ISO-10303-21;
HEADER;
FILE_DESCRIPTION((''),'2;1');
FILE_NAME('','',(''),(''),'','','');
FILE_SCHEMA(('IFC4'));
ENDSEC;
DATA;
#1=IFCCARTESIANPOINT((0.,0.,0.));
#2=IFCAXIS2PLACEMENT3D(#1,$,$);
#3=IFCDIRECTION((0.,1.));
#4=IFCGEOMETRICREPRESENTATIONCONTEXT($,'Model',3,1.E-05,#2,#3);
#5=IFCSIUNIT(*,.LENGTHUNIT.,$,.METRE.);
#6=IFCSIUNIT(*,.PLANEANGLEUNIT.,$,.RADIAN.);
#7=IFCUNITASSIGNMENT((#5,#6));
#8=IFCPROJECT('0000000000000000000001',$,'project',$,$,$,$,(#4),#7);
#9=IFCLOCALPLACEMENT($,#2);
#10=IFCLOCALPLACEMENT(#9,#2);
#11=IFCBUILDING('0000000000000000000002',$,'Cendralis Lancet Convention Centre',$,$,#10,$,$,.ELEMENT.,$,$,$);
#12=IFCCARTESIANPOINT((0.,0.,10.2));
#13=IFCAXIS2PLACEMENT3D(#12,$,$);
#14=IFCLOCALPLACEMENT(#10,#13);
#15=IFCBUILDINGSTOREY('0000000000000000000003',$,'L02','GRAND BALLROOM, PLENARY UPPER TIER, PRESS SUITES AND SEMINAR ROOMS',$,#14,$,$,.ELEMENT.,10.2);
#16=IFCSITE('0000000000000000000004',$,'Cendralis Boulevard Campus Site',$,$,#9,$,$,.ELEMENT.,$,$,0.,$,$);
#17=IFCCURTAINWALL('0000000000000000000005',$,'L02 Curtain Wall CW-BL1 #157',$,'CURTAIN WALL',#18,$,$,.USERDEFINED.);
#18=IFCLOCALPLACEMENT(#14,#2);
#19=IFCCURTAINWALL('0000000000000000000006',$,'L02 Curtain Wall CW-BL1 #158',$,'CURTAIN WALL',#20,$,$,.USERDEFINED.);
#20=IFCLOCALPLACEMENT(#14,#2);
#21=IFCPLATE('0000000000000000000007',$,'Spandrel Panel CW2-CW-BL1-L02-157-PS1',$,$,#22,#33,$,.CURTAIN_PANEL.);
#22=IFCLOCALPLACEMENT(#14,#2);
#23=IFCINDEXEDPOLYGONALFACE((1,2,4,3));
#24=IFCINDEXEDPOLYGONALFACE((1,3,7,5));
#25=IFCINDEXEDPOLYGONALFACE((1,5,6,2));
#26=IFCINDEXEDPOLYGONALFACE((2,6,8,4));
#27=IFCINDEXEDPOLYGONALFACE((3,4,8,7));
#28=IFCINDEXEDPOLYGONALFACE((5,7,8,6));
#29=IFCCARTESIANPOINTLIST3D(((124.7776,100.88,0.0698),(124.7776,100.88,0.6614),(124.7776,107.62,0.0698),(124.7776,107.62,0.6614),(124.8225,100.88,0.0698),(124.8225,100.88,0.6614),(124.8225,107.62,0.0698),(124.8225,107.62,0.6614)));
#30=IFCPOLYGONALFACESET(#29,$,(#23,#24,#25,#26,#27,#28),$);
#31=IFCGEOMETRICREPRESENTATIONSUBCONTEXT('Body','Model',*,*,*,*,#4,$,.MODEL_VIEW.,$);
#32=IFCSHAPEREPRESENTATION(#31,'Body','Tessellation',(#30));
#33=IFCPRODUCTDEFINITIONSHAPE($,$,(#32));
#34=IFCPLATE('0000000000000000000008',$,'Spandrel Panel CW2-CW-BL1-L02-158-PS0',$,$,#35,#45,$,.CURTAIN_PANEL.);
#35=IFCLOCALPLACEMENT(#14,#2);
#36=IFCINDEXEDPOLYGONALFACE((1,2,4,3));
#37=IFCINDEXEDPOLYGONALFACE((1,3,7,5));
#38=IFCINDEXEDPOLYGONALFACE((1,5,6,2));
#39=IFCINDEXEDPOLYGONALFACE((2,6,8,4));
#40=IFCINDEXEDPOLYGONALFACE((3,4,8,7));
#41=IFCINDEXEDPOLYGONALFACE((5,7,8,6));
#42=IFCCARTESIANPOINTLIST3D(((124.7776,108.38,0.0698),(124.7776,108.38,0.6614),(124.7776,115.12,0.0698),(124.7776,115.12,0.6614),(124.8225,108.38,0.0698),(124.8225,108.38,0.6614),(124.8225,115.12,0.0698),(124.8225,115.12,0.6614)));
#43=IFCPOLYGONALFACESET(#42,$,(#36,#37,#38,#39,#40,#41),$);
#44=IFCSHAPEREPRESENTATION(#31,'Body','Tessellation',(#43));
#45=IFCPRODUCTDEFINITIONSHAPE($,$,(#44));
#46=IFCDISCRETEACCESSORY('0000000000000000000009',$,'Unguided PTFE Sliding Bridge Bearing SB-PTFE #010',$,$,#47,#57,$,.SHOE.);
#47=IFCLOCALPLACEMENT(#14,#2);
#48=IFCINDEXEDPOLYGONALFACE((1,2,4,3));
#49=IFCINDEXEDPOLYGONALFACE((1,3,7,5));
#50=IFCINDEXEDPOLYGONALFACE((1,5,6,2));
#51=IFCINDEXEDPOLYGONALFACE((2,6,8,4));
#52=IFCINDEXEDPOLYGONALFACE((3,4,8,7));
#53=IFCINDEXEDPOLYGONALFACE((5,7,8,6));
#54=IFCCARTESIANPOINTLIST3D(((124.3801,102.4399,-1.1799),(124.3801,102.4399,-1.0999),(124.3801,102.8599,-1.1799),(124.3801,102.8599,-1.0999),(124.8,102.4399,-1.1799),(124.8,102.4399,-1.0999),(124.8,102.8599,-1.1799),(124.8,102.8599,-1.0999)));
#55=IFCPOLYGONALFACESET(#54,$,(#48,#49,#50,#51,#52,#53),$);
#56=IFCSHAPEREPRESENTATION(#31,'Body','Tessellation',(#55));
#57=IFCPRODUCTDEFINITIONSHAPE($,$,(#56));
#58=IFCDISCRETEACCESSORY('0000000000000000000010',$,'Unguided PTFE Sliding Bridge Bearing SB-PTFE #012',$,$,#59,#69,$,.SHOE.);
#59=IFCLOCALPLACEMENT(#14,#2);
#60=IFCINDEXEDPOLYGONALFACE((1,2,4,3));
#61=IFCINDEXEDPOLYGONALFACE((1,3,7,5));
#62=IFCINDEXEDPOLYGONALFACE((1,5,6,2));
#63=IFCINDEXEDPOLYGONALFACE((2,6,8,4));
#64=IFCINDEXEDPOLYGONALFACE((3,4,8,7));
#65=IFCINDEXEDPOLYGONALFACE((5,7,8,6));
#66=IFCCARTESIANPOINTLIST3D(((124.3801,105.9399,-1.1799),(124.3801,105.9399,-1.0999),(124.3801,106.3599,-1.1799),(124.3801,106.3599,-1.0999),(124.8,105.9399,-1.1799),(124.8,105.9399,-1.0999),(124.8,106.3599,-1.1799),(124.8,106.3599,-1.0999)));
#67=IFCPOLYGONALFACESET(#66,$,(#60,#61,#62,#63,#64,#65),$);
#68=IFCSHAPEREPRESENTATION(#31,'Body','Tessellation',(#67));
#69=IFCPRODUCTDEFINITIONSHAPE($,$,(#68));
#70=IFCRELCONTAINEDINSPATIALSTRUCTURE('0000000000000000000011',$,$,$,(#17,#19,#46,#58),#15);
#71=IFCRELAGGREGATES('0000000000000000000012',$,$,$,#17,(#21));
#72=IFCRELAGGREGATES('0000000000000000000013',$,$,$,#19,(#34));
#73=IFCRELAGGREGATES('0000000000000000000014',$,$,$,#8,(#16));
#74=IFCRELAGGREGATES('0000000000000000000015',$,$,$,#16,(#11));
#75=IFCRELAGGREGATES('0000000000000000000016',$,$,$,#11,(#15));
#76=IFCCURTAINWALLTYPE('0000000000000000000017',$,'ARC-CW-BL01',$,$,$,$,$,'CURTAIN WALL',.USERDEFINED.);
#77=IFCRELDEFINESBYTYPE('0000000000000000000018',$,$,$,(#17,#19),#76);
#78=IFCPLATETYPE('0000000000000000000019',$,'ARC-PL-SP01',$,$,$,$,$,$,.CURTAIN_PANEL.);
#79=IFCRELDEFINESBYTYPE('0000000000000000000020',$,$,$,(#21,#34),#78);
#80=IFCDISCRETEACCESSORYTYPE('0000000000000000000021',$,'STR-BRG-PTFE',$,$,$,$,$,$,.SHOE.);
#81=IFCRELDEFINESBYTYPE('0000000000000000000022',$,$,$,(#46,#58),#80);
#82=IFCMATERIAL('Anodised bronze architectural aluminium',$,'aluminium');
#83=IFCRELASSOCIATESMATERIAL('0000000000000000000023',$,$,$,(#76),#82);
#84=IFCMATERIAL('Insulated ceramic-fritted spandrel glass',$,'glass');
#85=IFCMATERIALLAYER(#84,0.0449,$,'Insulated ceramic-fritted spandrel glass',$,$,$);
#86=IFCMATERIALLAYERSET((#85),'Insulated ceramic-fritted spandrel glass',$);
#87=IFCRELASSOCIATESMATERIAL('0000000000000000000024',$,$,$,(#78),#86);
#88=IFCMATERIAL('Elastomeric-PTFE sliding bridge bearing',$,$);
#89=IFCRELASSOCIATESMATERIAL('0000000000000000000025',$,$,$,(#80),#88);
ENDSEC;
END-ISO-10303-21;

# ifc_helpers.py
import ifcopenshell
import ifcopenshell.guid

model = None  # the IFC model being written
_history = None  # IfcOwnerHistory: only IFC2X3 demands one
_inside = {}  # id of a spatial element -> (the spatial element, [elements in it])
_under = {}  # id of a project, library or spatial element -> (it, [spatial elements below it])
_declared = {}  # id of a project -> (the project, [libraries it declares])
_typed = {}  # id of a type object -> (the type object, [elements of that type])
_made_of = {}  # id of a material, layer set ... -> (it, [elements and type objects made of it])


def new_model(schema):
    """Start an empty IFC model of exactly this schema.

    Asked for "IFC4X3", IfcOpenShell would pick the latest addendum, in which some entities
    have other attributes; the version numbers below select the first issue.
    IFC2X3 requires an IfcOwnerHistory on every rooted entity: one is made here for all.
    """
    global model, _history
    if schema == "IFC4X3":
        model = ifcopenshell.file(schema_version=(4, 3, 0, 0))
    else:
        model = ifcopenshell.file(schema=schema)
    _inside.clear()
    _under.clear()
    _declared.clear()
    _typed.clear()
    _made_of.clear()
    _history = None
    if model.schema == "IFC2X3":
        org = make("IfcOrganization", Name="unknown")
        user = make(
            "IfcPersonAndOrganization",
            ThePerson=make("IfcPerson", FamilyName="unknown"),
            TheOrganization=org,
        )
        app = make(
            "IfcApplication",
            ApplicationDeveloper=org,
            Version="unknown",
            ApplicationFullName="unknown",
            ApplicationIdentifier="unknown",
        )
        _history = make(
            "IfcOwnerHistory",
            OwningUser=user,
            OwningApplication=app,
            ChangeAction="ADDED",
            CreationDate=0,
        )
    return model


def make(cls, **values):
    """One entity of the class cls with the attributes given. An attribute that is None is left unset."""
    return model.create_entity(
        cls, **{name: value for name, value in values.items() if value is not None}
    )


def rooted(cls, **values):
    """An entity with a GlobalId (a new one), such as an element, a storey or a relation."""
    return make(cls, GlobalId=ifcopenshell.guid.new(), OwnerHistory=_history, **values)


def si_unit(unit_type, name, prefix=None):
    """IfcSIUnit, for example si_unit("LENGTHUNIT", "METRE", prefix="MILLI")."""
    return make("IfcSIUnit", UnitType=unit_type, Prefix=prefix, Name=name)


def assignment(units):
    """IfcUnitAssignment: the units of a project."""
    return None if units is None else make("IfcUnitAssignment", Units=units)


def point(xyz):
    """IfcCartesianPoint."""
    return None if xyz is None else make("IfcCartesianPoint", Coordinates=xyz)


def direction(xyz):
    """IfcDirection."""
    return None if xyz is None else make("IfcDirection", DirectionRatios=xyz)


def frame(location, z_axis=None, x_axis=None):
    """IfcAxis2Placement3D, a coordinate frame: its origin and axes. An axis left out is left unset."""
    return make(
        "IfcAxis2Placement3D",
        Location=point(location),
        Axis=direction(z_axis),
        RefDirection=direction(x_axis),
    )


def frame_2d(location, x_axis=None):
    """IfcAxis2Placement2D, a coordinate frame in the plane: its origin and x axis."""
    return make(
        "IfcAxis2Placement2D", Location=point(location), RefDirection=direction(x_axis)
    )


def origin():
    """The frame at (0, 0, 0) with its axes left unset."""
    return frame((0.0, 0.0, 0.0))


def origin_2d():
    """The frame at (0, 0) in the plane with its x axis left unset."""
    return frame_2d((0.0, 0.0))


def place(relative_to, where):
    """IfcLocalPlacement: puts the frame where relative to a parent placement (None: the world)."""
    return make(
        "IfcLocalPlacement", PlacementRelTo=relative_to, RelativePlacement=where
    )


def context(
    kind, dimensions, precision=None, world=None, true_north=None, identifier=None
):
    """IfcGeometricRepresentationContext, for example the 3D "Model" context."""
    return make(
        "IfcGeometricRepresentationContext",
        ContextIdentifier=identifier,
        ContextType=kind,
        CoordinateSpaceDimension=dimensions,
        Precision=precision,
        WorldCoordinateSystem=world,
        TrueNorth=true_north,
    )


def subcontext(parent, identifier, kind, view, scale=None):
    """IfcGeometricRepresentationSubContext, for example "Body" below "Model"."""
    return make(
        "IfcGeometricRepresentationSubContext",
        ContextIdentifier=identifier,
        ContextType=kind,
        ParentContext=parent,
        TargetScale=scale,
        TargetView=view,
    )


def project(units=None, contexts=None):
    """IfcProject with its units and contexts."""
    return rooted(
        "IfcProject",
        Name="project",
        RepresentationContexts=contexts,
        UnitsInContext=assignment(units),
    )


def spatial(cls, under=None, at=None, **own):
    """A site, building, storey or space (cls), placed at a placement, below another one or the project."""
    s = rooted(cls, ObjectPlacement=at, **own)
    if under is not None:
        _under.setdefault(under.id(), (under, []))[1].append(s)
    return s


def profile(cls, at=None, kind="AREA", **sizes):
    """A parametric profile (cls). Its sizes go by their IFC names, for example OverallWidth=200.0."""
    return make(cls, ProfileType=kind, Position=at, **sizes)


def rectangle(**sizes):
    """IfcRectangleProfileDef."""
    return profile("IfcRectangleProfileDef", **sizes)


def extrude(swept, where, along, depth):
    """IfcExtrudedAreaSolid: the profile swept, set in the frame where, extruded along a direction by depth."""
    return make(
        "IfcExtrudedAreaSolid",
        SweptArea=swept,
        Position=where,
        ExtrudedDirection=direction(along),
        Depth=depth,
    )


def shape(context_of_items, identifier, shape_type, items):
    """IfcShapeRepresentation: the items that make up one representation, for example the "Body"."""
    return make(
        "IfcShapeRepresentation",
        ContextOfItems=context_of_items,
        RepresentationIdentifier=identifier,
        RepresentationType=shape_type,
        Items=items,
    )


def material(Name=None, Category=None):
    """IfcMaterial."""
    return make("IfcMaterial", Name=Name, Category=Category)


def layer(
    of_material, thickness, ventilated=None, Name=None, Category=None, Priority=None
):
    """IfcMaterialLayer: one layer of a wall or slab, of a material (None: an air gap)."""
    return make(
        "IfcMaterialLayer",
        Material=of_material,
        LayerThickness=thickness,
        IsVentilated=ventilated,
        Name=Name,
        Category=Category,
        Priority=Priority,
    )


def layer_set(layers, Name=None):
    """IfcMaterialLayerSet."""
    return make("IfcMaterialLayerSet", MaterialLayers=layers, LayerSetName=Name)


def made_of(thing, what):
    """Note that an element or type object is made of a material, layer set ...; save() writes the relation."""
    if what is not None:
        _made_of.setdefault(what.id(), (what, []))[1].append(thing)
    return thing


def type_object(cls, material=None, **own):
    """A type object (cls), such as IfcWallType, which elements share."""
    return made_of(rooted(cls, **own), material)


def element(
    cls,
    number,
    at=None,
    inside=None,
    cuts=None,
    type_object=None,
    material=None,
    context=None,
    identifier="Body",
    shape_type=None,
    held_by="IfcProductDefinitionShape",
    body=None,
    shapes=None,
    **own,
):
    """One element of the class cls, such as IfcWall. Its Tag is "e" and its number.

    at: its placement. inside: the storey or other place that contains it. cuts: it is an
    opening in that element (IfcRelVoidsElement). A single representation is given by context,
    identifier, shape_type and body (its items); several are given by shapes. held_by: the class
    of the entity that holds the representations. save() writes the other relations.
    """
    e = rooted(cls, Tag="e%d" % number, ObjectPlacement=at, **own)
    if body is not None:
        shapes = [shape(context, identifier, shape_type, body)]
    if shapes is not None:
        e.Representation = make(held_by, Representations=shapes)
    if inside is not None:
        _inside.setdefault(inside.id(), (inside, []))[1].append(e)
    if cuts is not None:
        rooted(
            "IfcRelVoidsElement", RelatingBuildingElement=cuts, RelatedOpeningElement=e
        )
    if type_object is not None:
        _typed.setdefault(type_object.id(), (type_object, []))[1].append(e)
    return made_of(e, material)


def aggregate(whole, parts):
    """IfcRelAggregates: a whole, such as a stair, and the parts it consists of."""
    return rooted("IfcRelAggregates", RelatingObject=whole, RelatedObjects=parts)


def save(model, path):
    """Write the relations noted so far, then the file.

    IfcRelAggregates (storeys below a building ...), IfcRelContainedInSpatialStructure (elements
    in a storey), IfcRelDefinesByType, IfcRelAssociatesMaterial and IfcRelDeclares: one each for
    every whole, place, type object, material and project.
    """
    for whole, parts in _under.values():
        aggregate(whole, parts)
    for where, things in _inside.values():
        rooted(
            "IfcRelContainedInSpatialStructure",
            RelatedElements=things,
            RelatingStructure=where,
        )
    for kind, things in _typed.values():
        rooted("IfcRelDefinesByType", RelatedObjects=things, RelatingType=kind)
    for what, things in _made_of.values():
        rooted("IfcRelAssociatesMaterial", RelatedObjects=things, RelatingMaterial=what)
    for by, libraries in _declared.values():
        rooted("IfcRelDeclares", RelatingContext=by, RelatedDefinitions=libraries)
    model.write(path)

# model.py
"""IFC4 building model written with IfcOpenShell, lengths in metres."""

from ifc_helpers import new_model, si_unit, direction, frame, origin, origin_2d, place, context, subcontext, project, spatial, rectangle, extrude, material, layer, layer_set, type_object, element, aggregate, save


model = new_model("IFC4")

# Units and contexts
model_context = context("Model", 3, precision=1e-05, world=origin(), true_north=direction((0.0, 1.0)))
body_context = subcontext(model_context, "Body", "Model", "MODEL_VIEW")
ifc_project = project(units=[si_unit("LENGTHUNIT", "METRE"), si_unit("PLANEANGLEUNIT", "RADIAN")], contexts=[model_context])

# Site, building, storey
site_placement = place(None, origin())
site = spatial("IfcSite", under=ifc_project, at=site_placement, Name="Cendralis Boulevard Campus Site", CompositionType="ELEMENT", RefElevation=0.0)
building_placement = place(site_placement, origin())
building = spatial("IfcBuilding", under=site, at=building_placement, Name="Cendralis Lancet Convention Centre", CompositionType="ELEMENT")
storey_placement = place(building_placement, frame((0.0, 0.0, 10.2)))
storey = spatial("IfcBuildingStorey", under=building, at=storey_placement, Name="L02", Description="GRAND BALLROOM, PLENARY UPPER TIER, PRESS SUITES AND SEMINAR ROOMS", CompositionType="ELEMENT", Elevation=10.2)

# Curtain wall
ifc_material_1 = material(Name="Anodised bronze architectural aluminium", Category="aluminium")
curtain_wall_type = type_object("IfcCurtainWallType", Name="ARC-CW-BL01", ElementType="CURTAIN WALL", PredefinedType="USERDEFINED", material=ifc_material_1)
curtain_wall_1_placement = place(storey_placement, origin())
curtain_wall_1 = element("IfcCurtainWall", 1, at=curtain_wall_1_placement, inside=storey, type_object=curtain_wall_type, Name="L02 Curtain Wall CW-BL1 #157", ObjectType="CURTAIN WALL", PredefinedType="USERDEFINED")

# Curtain wall
curtain_wall_2_placement = place(storey_placement, origin())
curtain_wall_2 = element("IfcCurtainWall", 2, at=curtain_wall_2_placement, inside=storey, type_object=curtain_wall_type, Name="L02 Curtain Wall CW-BL1 #158", ObjectType="CURTAIN WALL", PredefinedType="USERDEFINED")

# Plates
ifc_material_2 = material(Name="Insulated ceramic-fritted spandrel glass", Category="glass")
ifc_layer_1 = layer(ifc_material_2, 0.0449, Name="Insulated ceramic-fritted spandrel glass")
ifc_layer_set_1 = layer_set([ifc_layer_1], Name="Insulated ceramic-fritted spandrel glass")
plate_type_1 = type_object("IfcPlateType", Name="ARC-PL-SP01", PredefinedType="CURTAIN_PANEL", material=ifc_layer_set_1)
plate_1_placement = place(storey_placement, frame((124.8, 104.25, 0.0698), z_axis=(0.0, 0.0, 1.0), x_axis=(0.0, 1.0, 0.0)))
plate_1 = element("IfcPlate", 3, at=plate_1_placement, type_object=plate_type_1, Name="Spandrel Panel CW2-CW-BL1-L02-157-PS1", PredefinedType="CURTAIN_PANEL", context=body_context, shape_type="SweptSolid", body=[
    extrude(rectangle(XDim=6.74, YDim=0.0449, at=origin_2d()), origin(), (0.0, 0.0, 1.0), 0.5916),
])
aggregate(curtain_wall_1, [plate_1])
plate_2_placement = place(storey_placement, frame((124.8, 111.75, 0.0698), z_axis=(0.0, 0.0, 1.0), x_axis=(0.0, 1.0, 0.0)))
plate_2 = element("IfcPlate", 4, at=plate_2_placement, type_object=plate_type_1, Name="Spandrel Panel CW2-CW-BL1-L02-158-PS0", PredefinedType="CURTAIN_PANEL", context=body_context, shape_type="SweptSolid", body=[
    extrude(rectangle(XDim=6.74, YDim=0.0449, at=origin_2d()), origin(), (0.0, 0.0, 1.0), 0.5916),
])
aggregate(curtain_wall_2, [plate_2])

# Discrete accessories
ifc_material_3 = material(Name="Elastomeric-PTFE sliding bridge bearing")
discrete_accessory_type = type_object("IfcDiscreteAccessoryType", Name="STR-BRG-PTFE", PredefinedType="SHOE", material=ifc_material_3)
for number, where, z_axis, x_axis, name in (
    (5, (124.5901, 102.6499, -1.1799), (0.0, 0.0, 1.0), (1.0, 0.0, 0.0), "Unguided PTFE Sliding Bridge Bearing SB-PTFE #010"),
    (6, (124.5901, 106.1499, -1.1799), (0.0, 0.0, 1.0), (1.0, 0.0, 0.0), "Unguided PTFE Sliding Bridge Bearing SB-PTFE #012"),
):
    element("IfcDiscreteAccessory", number, at=place(storey_placement, frame(where, z_axis=z_axis, x_axis=x_axis)), inside=storey, type_object=discrete_accessory_type, Name=name, PredefinedType="SHOE", context=body_context, shape_type="SweptSolid", body=[
        extrude(rectangle(XDim=0.4199, YDim=0.4199, at=origin_2d()), origin(), (0.0, 0.0, 1.0), 0.0801),
    ])

save(model, "model.ifc")
